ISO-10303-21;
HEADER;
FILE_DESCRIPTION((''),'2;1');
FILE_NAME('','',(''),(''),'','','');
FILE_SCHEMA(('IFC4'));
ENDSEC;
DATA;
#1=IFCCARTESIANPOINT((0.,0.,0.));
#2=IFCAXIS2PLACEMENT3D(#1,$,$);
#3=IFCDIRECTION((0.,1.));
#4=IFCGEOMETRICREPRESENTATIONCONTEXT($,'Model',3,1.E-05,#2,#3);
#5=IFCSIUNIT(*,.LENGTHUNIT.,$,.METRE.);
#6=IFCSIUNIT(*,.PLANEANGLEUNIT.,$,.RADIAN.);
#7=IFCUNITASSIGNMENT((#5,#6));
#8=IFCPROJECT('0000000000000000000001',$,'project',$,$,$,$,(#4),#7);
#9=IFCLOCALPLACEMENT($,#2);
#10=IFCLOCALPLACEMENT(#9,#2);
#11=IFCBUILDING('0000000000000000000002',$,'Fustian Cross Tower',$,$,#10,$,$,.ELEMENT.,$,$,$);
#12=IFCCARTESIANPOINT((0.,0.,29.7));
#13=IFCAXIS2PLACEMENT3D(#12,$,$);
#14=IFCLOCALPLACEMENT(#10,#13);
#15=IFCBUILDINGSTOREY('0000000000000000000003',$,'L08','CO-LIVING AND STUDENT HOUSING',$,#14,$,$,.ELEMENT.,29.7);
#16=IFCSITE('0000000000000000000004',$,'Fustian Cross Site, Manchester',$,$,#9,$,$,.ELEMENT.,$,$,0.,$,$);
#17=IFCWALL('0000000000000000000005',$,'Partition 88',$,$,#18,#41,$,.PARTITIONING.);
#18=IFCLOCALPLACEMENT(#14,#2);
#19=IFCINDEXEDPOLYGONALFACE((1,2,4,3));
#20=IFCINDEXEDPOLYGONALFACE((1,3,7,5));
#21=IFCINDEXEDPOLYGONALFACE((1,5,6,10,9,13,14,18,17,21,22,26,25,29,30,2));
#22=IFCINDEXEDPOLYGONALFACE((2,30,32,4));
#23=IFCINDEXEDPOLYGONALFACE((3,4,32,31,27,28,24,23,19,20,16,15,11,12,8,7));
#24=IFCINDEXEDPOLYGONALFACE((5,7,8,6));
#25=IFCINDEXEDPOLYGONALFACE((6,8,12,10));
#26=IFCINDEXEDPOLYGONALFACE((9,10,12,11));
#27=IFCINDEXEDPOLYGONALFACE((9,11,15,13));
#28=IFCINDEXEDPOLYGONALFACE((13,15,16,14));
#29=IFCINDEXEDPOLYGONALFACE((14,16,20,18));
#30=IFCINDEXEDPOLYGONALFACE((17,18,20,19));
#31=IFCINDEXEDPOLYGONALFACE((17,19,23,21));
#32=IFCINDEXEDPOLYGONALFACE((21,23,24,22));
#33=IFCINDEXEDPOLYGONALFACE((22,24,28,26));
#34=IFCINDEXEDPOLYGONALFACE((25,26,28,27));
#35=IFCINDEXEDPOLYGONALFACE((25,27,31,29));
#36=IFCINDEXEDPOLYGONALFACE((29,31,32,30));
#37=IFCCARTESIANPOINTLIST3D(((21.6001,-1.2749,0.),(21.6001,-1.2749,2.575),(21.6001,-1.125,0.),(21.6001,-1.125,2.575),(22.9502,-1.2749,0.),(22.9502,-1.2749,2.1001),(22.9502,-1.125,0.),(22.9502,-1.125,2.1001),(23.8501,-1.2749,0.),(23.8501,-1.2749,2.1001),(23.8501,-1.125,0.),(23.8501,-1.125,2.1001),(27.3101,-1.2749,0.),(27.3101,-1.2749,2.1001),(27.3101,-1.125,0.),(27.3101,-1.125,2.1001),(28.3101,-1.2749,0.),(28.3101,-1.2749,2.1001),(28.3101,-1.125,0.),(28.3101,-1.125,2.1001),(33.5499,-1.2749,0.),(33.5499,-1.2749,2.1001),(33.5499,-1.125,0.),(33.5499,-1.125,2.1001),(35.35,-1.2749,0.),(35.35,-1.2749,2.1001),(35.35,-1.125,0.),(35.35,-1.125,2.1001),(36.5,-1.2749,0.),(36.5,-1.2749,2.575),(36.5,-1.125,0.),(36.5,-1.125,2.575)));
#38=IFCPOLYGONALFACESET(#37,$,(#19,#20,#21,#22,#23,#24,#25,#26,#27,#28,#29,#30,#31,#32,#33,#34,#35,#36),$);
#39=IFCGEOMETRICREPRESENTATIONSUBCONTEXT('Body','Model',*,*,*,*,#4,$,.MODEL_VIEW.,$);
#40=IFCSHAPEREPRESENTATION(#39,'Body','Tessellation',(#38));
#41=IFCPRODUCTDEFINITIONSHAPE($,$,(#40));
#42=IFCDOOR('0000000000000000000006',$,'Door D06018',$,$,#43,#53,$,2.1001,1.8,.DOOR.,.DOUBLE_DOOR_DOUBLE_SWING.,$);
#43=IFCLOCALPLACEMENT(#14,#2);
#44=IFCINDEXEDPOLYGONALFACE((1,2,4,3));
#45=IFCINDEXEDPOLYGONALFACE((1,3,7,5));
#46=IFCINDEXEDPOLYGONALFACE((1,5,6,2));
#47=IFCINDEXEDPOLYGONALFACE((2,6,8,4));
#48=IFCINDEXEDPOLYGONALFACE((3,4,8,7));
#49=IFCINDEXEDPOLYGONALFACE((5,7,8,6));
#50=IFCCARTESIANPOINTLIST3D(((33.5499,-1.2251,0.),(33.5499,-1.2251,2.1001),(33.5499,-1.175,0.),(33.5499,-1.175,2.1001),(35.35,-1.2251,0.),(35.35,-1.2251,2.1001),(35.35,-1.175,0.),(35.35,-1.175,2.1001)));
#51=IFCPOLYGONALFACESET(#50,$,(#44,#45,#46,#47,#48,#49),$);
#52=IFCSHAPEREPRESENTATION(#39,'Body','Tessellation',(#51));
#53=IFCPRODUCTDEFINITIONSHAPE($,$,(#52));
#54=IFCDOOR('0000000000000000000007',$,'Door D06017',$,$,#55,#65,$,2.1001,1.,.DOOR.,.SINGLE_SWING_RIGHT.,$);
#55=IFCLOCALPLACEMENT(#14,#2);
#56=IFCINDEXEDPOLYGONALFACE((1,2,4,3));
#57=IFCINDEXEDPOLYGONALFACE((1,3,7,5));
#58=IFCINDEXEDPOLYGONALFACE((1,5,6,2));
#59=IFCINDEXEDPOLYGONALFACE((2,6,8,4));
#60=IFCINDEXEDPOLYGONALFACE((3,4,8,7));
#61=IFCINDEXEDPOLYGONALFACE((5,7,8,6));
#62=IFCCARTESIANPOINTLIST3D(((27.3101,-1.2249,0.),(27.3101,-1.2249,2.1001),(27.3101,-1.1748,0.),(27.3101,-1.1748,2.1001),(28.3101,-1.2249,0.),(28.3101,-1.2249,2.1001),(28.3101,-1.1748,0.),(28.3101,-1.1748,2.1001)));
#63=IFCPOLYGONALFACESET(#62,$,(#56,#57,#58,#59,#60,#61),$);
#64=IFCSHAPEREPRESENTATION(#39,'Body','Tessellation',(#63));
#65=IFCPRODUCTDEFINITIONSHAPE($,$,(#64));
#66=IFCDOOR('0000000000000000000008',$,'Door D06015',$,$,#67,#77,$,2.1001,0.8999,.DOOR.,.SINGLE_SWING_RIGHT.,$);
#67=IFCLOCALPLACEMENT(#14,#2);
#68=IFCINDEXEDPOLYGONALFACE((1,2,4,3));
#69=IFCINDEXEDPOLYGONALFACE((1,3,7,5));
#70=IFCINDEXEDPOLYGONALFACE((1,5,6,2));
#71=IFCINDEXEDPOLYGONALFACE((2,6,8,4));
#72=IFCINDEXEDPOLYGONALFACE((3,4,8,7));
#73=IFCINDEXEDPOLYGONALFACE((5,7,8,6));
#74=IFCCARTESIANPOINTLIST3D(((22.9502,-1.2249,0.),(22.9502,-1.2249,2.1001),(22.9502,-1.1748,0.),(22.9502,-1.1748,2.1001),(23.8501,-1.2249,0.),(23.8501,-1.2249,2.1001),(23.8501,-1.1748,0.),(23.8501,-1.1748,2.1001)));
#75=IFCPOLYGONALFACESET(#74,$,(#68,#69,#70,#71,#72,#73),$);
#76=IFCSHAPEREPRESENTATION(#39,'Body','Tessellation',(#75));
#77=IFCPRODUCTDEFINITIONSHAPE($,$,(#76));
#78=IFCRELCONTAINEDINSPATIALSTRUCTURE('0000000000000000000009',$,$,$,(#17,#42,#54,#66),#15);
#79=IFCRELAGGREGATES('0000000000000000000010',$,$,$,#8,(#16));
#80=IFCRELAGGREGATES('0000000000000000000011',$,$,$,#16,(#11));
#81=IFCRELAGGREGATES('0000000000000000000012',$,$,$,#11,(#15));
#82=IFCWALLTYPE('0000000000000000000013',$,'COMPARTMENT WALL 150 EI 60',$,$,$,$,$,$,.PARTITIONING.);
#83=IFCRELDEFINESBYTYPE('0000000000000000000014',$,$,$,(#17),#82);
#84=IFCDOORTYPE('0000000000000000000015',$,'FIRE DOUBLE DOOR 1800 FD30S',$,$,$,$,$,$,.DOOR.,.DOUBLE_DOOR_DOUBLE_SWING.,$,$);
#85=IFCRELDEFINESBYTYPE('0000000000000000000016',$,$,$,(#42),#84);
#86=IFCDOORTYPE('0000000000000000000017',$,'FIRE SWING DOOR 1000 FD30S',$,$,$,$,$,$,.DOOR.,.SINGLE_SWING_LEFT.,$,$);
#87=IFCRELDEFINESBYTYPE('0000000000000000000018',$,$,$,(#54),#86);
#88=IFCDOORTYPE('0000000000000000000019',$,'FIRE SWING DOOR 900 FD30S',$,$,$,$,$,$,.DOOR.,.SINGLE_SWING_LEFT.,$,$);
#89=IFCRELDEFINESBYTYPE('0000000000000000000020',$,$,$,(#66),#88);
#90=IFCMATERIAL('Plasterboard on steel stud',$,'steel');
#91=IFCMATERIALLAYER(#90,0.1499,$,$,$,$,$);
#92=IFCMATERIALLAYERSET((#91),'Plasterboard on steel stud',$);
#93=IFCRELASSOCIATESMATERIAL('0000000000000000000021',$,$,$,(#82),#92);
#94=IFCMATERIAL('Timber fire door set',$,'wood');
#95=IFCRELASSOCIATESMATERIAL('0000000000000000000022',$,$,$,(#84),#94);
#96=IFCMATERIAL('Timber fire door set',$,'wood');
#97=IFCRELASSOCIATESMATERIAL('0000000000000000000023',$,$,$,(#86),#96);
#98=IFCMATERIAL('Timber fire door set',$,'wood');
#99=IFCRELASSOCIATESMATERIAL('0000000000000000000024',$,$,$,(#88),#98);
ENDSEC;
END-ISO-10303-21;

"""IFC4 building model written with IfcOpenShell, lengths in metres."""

from ifc_helpers import new_model, si_unit, direction, frame, frame_2d, origin, place, context, subcontext, project, spatial, rectangle, extrude, material, layer, layer_set, type_object, element, fill, save


model = new_model("IFC4")

# Units and contexts
model_context = context("Model", 3, precision=1e-05, world=origin(), true_north=direction((0.0, 1.0)))
body_context = subcontext(model_context, "Body", "Model", "MODEL_VIEW")
ifc_project = project(units=[si_unit("LENGTHUNIT", "METRE"), si_unit("PLANEANGLEUNIT", "RADIAN")], contexts=[model_context])

# Site, building, storey
site_placement = place(None, origin())
site = spatial("IfcSite", under=ifc_project, at=site_placement, Name="Fustian Cross Site, Manchester", CompositionType="ELEMENT", RefElevation=0.0)
building_placement = place(site_placement, origin())
building = spatial("IfcBuilding", under=site, at=building_placement, Name="Fustian Cross Tower", CompositionType="ELEMENT")
storey_placement = place(building_placement, frame((0.0, 0.0, 29.7)))
storey = spatial("IfcBuildingStorey", under=building, at=storey_placement, Name="L08", Description="CO-LIVING AND STUDENT HOUSING", CompositionType="ELEMENT", Elevation=29.7)

# Wall, openings, doors
ifc_material_1 = material(Name="Plasterboard on steel stud", Category="steel")
ifc_layer_1 = layer(ifc_material_1, 0.1499)
ifc_layer_set_1 = layer_set([ifc_layer_1], Name="Plasterboard on steel stud")
wall_type_1 = type_object("IfcWallType", Name="COMPARTMENT WALL 150 EI 60", PredefinedType="PARTITIONING", material=ifc_layer_set_1)
wall_1_placement = place(storey_placement, frame((21.6001, -1.2, 0.0), z_axis=(0.0, 0.0, 1.0), x_axis=(1.0, 0.0, 0.0)))
wall_1 = element("IfcWall", 1, at=wall_1_placement, inside=storey, type_object=wall_type_1, Name="Partition 88", PredefinedType="PARTITIONING", context=body_context, shape_type="SweptSolid", body=[
    extrude(rectangle(XDim=14.8999, YDim=0.1499, at=frame_2d((7.45, 0.0))), origin(), (0.0, 0.0, 1.0), 2.575),
])
opening_1_placement = place(wall_1_placement, frame((1.3501, 0.0, 0.0)))
opening_1 = element("IfcOpeningElement", 2, at=opening_1_placement, cuts=wall_1, PredefinedType="OPENING", context=body_context, shape_type="SweptSolid", body=[
    extrude(rectangle(XDim=0.8999, YDim=2.1001, at=frame_2d((0.45, 1.05))), frame((0.0, 0.085, 0.0), z_axis=(0.0, -1.0, 0.0), x_axis=(1.0, 0.0, 0.0)), (0.0, 0.0, 1.0), 0.1699),
])
opening_2_placement = place(wall_1_placement, frame((5.71, 0.0, 0.0)))
opening_2 = element("IfcOpeningElement", 3, at=opening_2_placement, cuts=wall_1, PredefinedType="OPENING", context=body_context, shape_type="SweptSolid", body=[
    extrude(rectangle(XDim=1.0, YDim=2.1001, at=frame_2d((0.5, 1.05))), frame((0.0, 0.085, 0.0), z_axis=(0.0, -1.0, 0.0), x_axis=(1.0, 0.0, 0.0)), (0.0, 0.0, 1.0), 0.1699),
])
opening_3_placement = place(wall_1_placement, frame((11.95, 0.0, 0.0)))
opening_3 = element("IfcOpeningElement", 4, at=opening_3_placement, cuts=wall_1, PredefinedType="OPENING", context=body_context, shape_type="SweptSolid", body=[
    extrude(rectangle(XDim=1.8, YDim=2.1001, at=frame_2d((0.8999, 1.05))), frame((0.0, 0.085, 0.0), z_axis=(0.0, -1.0, 0.0), x_axis=(1.0, 0.0, 0.0)), (0.0, 0.0, 1.0), 0.1699),
])
ifc_material_2 = material(Name="Timber fire door set", Category="wood")
door_type_1 = type_object("IfcDoorType", Name="FIRE DOUBLE DOOR 1800 FD30S", OperationType="DOUBLE_DOOR_DOUBLE_SWING", PredefinedType="DOOR", material=ifc_material_2)
door_1_placement = place(opening_3_placement, origin())
door_1 = element("IfcDoor", 5, at=door_1_placement, inside=storey, type_object=door_type_1, Name="Door D06018", OperationType="DOUBLE_DOOR_DOUBLE_SWING", OverallHeight=2.1001, OverallWidth=1.8, PredefinedType="DOOR", context=body_context, shape_type="SweptSolid", body=[
    extrude(rectangle(XDim=1.8, YDim=2.1001, at=frame_2d((0.8999, 1.05))), frame((0.0, 0.0249, 0.0), z_axis=(0.0, -1.0, 0.0), x_axis=(1.0, 0.0, 0.0)), (0.0, 0.0, 1.0), 0.05),
])
fill(opening_3, door_1)
ifc_material_3 = material(Name="Timber fire door set", Category="wood")
door_type_2 = type_object("IfcDoorType", Name="FIRE SWING DOOR 1000 FD30S", OperationType="SINGLE_SWING_LEFT", PredefinedType="DOOR", material=ifc_material_3)
door_2_placement = place(opening_2_placement, frame((1.0, 0.0, 0.0), z_axis=(0.0, 0.0, 1.0), x_axis=(-1.0, 0.0, 0.0)))
door_2 = element("IfcDoor", 6, at=door_2_placement, inside=storey, type_object=door_type_2, Name="Door D06017", OperationType="SINGLE_SWING_RIGHT", OverallHeight=2.1001, OverallWidth=1.0, PredefinedType="DOOR", context=body_context, shape_type="SweptSolid", body=[
    extrude(rectangle(XDim=1.0, YDim=2.1001, at=frame_2d((0.5, 1.05))), frame((0.0, 0.0249, 0.0), z_axis=(0.0, -1.0, 0.0), x_axis=(1.0, 0.0, 0.0)), (0.0, 0.0, 1.0), 0.05),
])
fill(opening_2, door_2)
ifc_material_4 = material(Name="Timber fire door set", Category="wood")
door_type_3 = type_object("IfcDoorType", Name="FIRE SWING DOOR 900 FD30S", OperationType="SINGLE_SWING_LEFT", PredefinedType="DOOR", material=ifc_material_4)
door_3_placement = place(opening_1_placement, frame((0.8999, 0.0, 0.0), z_axis=(0.0, 0.0, 1.0), x_axis=(-1.0, 0.0, 0.0)))
door_3 = element("IfcDoor", 7, at=door_3_placement, inside=storey, type_object=door_type_3, Name="Door D06015", OperationType="SINGLE_SWING_RIGHT", OverallHeight=2.1001, OverallWidth=0.8999, PredefinedType="DOOR", context=body_context, shape_type="SweptSolid", body=[
    extrude(rectangle(XDim=0.8999, YDim=2.1001, at=frame_2d((0.45, 1.05))), frame((0.0, 0.0249, 0.0), z_axis=(0.0, -1.0, 0.0), x_axis=(1.0, 0.0, 0.0)), (0.0, 0.0, 1.0), 0.05),
])
fill(opening_1, door_3)

save(model, "model.ifc")
